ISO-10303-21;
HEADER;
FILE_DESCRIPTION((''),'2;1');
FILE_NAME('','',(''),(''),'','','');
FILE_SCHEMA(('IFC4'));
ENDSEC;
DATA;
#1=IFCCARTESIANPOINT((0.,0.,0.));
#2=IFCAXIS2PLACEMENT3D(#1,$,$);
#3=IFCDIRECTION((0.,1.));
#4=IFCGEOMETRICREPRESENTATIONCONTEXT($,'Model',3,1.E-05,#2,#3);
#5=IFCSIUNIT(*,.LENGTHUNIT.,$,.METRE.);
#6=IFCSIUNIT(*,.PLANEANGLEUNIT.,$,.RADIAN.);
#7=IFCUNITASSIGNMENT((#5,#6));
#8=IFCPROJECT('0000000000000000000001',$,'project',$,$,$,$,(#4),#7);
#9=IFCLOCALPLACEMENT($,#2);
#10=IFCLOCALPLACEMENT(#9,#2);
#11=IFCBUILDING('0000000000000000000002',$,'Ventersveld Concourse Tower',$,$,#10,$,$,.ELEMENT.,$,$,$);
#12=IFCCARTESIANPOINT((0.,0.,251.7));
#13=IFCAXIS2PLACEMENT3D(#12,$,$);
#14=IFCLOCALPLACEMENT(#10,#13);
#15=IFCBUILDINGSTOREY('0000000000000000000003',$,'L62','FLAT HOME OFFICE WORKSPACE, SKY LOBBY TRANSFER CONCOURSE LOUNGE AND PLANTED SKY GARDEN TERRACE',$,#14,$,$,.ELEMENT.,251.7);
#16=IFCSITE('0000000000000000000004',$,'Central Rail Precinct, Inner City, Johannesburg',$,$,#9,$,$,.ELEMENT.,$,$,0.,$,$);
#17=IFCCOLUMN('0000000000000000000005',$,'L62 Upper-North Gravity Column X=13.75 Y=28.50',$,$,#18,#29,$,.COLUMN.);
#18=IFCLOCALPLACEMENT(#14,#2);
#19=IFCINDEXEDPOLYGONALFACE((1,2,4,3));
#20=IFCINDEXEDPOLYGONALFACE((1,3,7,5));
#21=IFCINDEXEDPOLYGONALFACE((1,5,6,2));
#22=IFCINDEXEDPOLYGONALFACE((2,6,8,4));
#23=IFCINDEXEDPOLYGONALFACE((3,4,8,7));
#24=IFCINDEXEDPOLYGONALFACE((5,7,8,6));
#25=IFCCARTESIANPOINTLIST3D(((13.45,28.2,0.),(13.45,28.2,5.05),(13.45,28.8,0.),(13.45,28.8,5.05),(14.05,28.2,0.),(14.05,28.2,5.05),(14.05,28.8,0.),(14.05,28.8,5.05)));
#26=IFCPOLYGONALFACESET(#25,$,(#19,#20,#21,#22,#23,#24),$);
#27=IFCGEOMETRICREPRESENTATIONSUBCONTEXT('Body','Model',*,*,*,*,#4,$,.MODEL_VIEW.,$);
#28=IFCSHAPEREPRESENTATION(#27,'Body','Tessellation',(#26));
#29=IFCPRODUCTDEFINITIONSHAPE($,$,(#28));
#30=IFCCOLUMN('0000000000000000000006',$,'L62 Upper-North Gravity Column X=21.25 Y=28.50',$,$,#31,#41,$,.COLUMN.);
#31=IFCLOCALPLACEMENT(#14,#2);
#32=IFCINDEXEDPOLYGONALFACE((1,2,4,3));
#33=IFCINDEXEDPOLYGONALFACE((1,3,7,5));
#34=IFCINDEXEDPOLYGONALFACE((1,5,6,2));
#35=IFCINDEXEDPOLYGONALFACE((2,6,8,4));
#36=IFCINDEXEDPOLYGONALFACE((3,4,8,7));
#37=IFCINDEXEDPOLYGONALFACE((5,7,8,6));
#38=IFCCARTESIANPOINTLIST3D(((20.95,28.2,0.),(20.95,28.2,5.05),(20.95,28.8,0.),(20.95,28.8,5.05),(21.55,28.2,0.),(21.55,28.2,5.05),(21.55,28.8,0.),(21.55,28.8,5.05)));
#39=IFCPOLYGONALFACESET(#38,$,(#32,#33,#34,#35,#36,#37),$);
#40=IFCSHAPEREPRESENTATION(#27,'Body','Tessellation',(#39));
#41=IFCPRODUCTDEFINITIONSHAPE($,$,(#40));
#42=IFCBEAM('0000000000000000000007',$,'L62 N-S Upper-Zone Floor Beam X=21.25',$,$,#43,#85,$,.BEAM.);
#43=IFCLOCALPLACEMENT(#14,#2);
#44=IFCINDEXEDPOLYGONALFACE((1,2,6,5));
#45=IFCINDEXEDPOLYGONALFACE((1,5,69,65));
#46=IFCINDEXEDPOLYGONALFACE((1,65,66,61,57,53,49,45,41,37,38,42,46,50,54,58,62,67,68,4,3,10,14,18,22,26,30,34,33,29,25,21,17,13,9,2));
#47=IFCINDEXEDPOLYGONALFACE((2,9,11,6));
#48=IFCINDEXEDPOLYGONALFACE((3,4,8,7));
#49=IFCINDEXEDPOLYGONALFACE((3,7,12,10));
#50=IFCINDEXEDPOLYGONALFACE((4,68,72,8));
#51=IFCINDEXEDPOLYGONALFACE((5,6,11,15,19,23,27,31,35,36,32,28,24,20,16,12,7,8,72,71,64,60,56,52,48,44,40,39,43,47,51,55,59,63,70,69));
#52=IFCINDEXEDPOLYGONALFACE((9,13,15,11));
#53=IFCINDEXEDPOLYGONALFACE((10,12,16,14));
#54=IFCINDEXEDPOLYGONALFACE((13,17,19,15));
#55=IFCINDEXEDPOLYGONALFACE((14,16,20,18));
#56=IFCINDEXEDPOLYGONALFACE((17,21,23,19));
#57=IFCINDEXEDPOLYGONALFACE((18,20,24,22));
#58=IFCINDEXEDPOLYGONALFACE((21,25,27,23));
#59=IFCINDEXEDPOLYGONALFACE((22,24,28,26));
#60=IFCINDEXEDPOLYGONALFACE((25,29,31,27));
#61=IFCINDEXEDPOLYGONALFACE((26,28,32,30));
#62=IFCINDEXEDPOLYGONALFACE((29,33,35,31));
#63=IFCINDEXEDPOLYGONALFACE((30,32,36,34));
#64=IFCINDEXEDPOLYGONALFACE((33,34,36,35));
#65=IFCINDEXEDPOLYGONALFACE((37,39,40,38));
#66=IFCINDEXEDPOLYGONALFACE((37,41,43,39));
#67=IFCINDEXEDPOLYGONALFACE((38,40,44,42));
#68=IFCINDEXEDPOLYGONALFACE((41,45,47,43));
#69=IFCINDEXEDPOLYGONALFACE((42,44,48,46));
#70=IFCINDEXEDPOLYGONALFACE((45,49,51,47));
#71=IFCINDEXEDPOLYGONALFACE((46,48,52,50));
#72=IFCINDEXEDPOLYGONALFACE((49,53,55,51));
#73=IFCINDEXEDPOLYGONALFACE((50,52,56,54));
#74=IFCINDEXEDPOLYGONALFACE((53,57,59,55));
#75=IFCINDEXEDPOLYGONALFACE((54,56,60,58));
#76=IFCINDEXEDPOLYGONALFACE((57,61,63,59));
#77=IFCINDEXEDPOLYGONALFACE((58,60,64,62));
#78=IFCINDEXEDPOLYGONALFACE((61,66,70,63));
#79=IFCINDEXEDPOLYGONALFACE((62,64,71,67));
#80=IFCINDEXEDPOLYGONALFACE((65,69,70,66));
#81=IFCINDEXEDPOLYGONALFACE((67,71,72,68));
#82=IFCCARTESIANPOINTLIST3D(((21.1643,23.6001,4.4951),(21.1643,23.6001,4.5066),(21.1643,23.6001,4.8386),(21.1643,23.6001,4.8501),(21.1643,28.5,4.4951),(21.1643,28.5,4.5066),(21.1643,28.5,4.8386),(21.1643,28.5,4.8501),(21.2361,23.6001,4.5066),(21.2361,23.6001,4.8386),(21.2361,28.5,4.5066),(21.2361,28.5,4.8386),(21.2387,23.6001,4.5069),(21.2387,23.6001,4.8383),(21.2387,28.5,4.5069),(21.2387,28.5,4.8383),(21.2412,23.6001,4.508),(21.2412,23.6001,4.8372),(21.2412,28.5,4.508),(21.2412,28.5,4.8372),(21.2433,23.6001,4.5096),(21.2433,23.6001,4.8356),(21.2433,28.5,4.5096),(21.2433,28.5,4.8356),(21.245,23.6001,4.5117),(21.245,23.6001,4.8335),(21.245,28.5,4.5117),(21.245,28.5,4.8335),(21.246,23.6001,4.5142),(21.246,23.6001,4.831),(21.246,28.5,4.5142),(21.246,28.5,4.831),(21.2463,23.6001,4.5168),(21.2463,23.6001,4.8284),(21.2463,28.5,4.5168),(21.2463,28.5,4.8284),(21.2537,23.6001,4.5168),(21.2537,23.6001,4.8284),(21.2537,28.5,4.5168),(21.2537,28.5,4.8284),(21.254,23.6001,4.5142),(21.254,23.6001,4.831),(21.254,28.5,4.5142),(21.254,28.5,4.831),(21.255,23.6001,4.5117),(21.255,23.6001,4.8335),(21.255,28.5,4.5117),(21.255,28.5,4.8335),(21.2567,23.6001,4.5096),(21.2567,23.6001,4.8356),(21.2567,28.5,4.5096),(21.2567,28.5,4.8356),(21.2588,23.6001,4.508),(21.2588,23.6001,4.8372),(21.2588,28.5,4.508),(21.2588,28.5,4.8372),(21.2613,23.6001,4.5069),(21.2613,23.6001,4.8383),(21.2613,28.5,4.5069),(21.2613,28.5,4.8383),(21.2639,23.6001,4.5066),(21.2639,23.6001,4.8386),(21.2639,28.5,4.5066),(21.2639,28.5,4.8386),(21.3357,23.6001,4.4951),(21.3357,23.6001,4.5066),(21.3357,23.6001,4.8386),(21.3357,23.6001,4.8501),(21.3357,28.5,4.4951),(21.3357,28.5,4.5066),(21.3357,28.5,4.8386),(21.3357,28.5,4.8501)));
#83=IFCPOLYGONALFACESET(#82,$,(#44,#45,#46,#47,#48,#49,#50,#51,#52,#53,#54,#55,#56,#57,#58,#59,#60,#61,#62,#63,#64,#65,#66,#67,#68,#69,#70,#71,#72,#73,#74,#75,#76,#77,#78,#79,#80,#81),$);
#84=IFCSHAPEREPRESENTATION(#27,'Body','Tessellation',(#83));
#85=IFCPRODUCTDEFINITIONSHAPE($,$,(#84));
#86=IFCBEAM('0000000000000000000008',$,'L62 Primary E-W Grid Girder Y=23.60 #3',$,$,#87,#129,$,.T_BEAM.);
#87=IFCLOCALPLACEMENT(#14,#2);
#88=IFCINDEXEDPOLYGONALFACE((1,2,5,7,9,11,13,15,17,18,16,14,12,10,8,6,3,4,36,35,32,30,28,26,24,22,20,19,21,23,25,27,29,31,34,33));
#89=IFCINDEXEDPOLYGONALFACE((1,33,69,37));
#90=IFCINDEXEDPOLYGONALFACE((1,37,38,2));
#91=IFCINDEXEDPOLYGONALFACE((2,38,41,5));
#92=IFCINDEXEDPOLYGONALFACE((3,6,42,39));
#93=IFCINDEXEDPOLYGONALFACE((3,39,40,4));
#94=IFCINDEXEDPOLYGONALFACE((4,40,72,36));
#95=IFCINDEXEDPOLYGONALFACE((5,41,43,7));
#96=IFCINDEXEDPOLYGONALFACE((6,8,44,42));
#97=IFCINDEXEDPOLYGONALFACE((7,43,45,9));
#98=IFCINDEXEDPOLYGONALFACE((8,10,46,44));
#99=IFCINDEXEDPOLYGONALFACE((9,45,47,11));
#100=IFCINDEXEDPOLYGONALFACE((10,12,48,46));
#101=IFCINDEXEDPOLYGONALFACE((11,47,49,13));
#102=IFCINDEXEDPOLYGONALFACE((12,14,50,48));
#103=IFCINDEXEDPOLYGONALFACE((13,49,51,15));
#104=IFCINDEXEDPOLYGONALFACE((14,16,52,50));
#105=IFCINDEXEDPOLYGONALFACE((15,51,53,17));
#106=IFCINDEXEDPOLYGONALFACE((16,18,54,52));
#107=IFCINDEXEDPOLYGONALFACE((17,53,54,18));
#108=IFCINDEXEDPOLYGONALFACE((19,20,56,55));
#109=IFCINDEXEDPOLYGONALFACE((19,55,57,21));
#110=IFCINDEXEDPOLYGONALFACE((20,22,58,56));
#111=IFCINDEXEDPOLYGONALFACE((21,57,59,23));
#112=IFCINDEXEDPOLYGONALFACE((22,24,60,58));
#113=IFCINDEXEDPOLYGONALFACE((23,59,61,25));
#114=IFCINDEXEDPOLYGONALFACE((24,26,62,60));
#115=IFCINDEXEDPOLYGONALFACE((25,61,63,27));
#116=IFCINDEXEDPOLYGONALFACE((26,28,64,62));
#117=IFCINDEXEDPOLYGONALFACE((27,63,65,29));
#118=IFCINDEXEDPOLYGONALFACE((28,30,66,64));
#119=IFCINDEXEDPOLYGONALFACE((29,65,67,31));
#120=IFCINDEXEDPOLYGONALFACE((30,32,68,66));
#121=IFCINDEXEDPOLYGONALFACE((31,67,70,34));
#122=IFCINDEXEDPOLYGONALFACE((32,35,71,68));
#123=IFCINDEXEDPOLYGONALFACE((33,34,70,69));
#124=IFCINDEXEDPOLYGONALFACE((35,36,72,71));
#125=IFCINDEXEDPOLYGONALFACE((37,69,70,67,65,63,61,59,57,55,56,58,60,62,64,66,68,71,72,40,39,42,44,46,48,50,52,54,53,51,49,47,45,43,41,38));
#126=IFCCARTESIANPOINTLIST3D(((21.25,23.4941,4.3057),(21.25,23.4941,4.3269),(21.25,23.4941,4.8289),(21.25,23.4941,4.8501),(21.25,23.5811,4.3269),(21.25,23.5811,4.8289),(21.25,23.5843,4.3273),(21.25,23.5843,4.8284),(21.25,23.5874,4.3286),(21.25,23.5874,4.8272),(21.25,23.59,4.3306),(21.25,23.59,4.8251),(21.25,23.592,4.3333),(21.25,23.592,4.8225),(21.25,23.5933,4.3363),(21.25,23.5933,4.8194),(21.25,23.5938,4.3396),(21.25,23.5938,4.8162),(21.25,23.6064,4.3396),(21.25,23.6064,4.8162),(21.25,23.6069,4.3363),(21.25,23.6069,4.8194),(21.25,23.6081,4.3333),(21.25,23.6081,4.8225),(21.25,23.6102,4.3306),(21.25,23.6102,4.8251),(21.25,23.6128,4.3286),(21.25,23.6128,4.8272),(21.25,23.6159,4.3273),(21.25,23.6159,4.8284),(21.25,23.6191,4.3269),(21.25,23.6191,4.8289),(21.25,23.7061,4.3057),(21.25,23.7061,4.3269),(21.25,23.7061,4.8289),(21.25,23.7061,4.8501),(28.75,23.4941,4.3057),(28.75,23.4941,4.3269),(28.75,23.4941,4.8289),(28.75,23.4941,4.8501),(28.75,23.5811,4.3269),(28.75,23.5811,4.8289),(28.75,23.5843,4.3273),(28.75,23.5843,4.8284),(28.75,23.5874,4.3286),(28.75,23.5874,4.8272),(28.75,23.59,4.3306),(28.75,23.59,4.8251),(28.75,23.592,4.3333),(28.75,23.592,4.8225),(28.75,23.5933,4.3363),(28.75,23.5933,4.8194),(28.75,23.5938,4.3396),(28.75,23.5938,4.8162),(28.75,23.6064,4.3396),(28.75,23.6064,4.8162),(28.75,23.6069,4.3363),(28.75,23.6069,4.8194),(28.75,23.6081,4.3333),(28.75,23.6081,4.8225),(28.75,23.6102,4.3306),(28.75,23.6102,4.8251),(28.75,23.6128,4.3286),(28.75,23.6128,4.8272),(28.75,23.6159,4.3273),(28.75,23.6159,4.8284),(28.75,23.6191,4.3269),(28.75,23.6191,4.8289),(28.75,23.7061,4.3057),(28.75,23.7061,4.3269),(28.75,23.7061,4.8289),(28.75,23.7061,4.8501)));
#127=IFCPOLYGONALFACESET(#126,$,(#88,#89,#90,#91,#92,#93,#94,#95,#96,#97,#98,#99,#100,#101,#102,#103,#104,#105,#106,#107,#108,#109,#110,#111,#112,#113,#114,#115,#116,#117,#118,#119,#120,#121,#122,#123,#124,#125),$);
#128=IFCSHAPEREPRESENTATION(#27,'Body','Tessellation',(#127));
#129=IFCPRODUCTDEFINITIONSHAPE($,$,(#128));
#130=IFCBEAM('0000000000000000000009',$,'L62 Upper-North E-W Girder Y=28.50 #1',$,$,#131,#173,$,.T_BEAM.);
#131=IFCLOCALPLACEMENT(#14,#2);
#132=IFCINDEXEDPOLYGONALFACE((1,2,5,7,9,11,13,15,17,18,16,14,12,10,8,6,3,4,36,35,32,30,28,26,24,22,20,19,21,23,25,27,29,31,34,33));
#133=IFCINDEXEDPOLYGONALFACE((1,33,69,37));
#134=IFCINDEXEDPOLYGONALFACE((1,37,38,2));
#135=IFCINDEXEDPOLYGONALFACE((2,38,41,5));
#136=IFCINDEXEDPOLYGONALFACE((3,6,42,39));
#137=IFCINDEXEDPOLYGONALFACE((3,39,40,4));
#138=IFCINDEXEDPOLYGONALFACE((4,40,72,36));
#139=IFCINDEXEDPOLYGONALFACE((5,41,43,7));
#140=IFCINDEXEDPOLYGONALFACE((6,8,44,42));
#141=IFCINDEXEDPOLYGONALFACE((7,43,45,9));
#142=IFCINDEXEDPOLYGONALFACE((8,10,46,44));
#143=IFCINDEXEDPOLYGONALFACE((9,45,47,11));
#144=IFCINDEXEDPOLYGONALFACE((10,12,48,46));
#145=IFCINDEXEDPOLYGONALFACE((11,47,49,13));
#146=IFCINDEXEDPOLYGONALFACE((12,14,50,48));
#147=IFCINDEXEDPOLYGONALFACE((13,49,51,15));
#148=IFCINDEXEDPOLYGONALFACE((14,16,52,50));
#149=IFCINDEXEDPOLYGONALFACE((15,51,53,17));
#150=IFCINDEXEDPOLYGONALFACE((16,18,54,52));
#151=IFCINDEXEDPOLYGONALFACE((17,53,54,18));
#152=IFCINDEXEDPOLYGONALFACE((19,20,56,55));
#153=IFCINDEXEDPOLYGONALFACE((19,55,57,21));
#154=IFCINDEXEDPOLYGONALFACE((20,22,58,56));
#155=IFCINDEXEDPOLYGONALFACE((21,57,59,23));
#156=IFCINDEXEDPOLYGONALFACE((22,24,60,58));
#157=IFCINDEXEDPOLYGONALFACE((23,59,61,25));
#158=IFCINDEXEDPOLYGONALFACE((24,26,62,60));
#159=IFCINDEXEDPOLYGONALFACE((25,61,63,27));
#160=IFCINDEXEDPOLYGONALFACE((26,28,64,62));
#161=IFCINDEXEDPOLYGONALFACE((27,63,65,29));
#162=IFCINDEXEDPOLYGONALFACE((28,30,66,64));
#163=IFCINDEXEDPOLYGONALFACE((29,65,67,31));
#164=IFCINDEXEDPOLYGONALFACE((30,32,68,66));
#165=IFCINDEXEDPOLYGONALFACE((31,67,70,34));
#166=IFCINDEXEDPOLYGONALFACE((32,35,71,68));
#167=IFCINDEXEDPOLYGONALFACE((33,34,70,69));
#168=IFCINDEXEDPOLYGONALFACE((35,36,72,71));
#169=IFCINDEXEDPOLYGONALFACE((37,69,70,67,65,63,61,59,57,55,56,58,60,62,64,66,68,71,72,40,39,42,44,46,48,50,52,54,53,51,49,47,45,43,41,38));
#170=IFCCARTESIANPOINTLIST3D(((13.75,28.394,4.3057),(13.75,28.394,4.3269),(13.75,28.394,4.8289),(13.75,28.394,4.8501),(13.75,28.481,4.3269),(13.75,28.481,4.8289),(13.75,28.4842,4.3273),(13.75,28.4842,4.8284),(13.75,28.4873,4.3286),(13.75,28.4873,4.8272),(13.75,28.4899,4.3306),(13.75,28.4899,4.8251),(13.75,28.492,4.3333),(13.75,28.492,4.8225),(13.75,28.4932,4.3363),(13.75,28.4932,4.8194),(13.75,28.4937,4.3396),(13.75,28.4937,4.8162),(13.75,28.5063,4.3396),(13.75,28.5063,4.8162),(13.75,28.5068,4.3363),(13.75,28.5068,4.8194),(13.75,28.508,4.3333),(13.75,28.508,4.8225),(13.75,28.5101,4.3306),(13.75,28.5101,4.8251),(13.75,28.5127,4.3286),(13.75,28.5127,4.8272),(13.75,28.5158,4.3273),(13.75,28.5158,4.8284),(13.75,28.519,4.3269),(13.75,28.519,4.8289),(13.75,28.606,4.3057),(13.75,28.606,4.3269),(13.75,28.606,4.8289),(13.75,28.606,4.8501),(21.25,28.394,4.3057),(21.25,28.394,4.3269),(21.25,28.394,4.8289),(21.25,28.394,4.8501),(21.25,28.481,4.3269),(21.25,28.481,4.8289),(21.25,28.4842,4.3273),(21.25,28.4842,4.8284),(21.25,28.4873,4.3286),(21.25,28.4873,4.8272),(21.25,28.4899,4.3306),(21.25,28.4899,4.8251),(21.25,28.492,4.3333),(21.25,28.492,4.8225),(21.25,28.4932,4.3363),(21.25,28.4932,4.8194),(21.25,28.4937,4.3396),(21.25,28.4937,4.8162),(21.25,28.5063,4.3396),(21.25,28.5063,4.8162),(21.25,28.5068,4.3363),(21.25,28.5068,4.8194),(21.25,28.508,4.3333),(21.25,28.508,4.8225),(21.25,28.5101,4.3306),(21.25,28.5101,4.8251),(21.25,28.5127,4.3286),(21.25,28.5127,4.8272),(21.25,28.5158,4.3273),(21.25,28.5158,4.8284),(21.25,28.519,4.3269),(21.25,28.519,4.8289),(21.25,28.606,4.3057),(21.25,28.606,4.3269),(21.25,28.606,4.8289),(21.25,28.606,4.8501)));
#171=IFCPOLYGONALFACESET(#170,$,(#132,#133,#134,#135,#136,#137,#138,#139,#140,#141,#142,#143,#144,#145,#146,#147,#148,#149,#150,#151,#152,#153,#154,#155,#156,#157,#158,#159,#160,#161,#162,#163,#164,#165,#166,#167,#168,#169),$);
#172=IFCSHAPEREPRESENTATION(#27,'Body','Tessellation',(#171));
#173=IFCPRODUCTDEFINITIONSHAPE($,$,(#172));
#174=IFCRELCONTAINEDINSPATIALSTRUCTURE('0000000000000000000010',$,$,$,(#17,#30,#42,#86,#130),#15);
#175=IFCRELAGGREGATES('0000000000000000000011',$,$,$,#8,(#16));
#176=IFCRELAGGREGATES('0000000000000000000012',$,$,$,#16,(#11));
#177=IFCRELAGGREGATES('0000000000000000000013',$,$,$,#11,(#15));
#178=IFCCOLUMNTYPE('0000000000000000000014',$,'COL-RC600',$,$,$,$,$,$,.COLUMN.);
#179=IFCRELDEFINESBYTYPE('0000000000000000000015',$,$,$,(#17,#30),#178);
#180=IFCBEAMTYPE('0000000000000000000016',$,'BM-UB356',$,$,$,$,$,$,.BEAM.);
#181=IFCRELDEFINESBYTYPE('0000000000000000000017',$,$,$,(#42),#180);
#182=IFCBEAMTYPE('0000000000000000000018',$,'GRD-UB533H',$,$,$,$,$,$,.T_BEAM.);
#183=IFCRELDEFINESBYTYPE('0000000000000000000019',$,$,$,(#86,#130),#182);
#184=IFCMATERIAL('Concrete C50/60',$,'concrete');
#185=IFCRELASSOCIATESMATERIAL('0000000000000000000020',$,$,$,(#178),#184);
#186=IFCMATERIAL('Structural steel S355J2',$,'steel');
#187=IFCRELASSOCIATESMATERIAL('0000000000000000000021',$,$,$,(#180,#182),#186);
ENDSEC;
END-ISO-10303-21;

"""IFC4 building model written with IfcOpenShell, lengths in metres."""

from ifc_helpers import new_model, si_unit, direction, frame, origin, origin_2d, place, context, subcontext, project, spatial, rectangle, i_section, extrude, material, material_profile, profile_set, type_object, element, save


model = new_model("IFC4")

# Units and contexts
model_context = context("Model", 3, precision=1e-05, world=origin(), true_north=direction((0.0, 1.0)))
body_context = subcontext(model_context, "Body", "Model", "MODEL_VIEW")
ifc_project = project(units=[si_unit("LENGTHUNIT", "METRE"), si_unit("PLANEANGLEUNIT", "RADIAN")], contexts=[model_context])

# Site, building, storey
site_placement = place(None, origin())
site = spatial("IfcSite", under=ifc_project, at=site_placement, Name="Central Rail Precinct, Inner City, Johannesburg", CompositionType="ELEMENT", RefElevation=0.0)
building_placement = place(site_placement, origin())
building = spatial("IfcBuilding", under=site, at=building_placement, Name="Ventersveld Concourse Tower", CompositionType="ELEMENT")
storey_placement = place(building_placement, frame((0.0, 0.0, 251.7)))
storey = spatial("IfcBuildingStorey", under=building, at=storey_placement, Name="L62", Description="FLAT HOME OFFICE WORKSPACE, SKY LOBBY TRANSFER CONCOURSE LOUNGE AND PLANTED SKY GARDEN TERRACE", CompositionType="ELEMENT", Elevation=251.7)

# Columns
ifc_material_1 = material(Name="Concrete C50/60", Category="concrete")
ifc_material_profile_1 = material_profile(ifc_material_1, rectangle(XDim=0.6001, YDim=0.6001, at=origin_2d()), Name="RC 600x600")
ifc_profile_set_1 = profile_set([ifc_material_profile_1], Name="Concrete C50/60")
column_type = type_object("IfcColumnType", Name="COL-RC600", PredefinedType="COLUMN", material=ifc_profile_set_1)
for number, where, z_axis, x_axis, name in (
    (1, (13.75, 28.5, 0.0), (0.0, 0.0, 1.0), (1.0, 0.0, 0.0), "L62 Upper-North Gravity Column X=13.75 Y=28.50"),
    (2, (21.25, 28.5, 0.0), (0.0, 0.0, 1.0), (1.0, 0.0, 0.0), "L62 Upper-North Gravity Column X=21.25 Y=28.50"),
):
    element("IfcColumn", number, at=place(storey_placement, frame(where, z_axis=z_axis, x_axis=x_axis)), inside=storey, type_object=column_type, Name=name, PredefinedType="COLUMN", context=body_context, shape_type="SweptSolid", body=[
        extrude(rectangle(XDim=0.6001, YDim=0.6001, at=origin_2d()), origin(), (0.0, 0.0, 1.0), 5.05),
    ])

# Beams
ifc_material_2 = material(Name="Structural steel S355J2", Category="steel")
ifc_material_profile_2 = material_profile(ifc_material_2, i_section(OverallWidth=0.1714, OverallDepth=0.355, WebThickness=0.0073, FlangeThickness=0.0115, FilletRadius=0.0103, at=origin_2d()), Name="UB 356x171x51")
ifc_profile_set_2 = profile_set([ifc_material_profile_2], Name="Structural steel S355J2")
beam_type_1 = type_object("IfcBeamType", Name="BM-UB356", PredefinedType="BEAM", material=ifc_profile_set_2)
beam_placement = place(storey_placement, frame((21.25, 23.6001, 4.6726), z_axis=(0.0, 1.0, 0.0), x_axis=(-1.0, 0.0, 0.0)))
element("IfcBeam", 3, at=beam_placement, inside=storey, type_object=beam_type_1, Name="L62 N-S Upper-Zone Floor Beam X=21.25", PredefinedType="BEAM", context=body_context, shape_type="SweptSolid", body=[
    extrude(i_section(OverallWidth=0.1714, OverallDepth=0.355, WebThickness=0.0073, FlangeThickness=0.0115, FilletRadius=0.0103, at=origin_2d()), origin(), (0.0, 0.0, 1.0), 4.8999),
])
ifc_material_profile_3 = material_profile(ifc_material_2, i_section(OverallWidth=0.2119, OverallDepth=0.5444, WebThickness=0.0127, FlangeThickness=0.0212, FilletRadius=0.0127, at=origin_2d()), Name="UB 533x210x122")
ifc_profile_set_3 = profile_set([ifc_material_profile_3], Name="Structural steel S355J2")
beam_type_2 = type_object("IfcBeamType", Name="GRD-UB533H", PredefinedType="T_BEAM", material=ifc_profile_set_3)
for number, where, z_axis, x_axis, name in (
    (4, (21.25, 23.6001, 4.5779), (1.0, 0.0, 0.0), (0.0, 1.0, 0.0), "L62 Primary E-W Grid Girder Y=23.60 #3"),
    (5, (13.75, 28.5, 4.5779), (1.0, 0.0, 0.0), (0.0, 1.0, 0.0), "L62 Upper-North E-W Girder Y=28.50 #1"),
):
    element("IfcBeam", number, at=place(storey_placement, frame(where, z_axis=z_axis, x_axis=x_axis)), inside=storey, type_object=beam_type_2, Name=name, PredefinedType="T_BEAM", context=body_context, shape_type="SweptSolid", body=[
        extrude(i_section(OverallWidth=0.2119, OverallDepth=0.5444, WebThickness=0.0127, FlangeThickness=0.0212, FilletRadius=0.0127, at=origin_2d()), origin(), (0.0, 0.0, 1.0), 7.5),
    ])

save(model, "model.ifc")
